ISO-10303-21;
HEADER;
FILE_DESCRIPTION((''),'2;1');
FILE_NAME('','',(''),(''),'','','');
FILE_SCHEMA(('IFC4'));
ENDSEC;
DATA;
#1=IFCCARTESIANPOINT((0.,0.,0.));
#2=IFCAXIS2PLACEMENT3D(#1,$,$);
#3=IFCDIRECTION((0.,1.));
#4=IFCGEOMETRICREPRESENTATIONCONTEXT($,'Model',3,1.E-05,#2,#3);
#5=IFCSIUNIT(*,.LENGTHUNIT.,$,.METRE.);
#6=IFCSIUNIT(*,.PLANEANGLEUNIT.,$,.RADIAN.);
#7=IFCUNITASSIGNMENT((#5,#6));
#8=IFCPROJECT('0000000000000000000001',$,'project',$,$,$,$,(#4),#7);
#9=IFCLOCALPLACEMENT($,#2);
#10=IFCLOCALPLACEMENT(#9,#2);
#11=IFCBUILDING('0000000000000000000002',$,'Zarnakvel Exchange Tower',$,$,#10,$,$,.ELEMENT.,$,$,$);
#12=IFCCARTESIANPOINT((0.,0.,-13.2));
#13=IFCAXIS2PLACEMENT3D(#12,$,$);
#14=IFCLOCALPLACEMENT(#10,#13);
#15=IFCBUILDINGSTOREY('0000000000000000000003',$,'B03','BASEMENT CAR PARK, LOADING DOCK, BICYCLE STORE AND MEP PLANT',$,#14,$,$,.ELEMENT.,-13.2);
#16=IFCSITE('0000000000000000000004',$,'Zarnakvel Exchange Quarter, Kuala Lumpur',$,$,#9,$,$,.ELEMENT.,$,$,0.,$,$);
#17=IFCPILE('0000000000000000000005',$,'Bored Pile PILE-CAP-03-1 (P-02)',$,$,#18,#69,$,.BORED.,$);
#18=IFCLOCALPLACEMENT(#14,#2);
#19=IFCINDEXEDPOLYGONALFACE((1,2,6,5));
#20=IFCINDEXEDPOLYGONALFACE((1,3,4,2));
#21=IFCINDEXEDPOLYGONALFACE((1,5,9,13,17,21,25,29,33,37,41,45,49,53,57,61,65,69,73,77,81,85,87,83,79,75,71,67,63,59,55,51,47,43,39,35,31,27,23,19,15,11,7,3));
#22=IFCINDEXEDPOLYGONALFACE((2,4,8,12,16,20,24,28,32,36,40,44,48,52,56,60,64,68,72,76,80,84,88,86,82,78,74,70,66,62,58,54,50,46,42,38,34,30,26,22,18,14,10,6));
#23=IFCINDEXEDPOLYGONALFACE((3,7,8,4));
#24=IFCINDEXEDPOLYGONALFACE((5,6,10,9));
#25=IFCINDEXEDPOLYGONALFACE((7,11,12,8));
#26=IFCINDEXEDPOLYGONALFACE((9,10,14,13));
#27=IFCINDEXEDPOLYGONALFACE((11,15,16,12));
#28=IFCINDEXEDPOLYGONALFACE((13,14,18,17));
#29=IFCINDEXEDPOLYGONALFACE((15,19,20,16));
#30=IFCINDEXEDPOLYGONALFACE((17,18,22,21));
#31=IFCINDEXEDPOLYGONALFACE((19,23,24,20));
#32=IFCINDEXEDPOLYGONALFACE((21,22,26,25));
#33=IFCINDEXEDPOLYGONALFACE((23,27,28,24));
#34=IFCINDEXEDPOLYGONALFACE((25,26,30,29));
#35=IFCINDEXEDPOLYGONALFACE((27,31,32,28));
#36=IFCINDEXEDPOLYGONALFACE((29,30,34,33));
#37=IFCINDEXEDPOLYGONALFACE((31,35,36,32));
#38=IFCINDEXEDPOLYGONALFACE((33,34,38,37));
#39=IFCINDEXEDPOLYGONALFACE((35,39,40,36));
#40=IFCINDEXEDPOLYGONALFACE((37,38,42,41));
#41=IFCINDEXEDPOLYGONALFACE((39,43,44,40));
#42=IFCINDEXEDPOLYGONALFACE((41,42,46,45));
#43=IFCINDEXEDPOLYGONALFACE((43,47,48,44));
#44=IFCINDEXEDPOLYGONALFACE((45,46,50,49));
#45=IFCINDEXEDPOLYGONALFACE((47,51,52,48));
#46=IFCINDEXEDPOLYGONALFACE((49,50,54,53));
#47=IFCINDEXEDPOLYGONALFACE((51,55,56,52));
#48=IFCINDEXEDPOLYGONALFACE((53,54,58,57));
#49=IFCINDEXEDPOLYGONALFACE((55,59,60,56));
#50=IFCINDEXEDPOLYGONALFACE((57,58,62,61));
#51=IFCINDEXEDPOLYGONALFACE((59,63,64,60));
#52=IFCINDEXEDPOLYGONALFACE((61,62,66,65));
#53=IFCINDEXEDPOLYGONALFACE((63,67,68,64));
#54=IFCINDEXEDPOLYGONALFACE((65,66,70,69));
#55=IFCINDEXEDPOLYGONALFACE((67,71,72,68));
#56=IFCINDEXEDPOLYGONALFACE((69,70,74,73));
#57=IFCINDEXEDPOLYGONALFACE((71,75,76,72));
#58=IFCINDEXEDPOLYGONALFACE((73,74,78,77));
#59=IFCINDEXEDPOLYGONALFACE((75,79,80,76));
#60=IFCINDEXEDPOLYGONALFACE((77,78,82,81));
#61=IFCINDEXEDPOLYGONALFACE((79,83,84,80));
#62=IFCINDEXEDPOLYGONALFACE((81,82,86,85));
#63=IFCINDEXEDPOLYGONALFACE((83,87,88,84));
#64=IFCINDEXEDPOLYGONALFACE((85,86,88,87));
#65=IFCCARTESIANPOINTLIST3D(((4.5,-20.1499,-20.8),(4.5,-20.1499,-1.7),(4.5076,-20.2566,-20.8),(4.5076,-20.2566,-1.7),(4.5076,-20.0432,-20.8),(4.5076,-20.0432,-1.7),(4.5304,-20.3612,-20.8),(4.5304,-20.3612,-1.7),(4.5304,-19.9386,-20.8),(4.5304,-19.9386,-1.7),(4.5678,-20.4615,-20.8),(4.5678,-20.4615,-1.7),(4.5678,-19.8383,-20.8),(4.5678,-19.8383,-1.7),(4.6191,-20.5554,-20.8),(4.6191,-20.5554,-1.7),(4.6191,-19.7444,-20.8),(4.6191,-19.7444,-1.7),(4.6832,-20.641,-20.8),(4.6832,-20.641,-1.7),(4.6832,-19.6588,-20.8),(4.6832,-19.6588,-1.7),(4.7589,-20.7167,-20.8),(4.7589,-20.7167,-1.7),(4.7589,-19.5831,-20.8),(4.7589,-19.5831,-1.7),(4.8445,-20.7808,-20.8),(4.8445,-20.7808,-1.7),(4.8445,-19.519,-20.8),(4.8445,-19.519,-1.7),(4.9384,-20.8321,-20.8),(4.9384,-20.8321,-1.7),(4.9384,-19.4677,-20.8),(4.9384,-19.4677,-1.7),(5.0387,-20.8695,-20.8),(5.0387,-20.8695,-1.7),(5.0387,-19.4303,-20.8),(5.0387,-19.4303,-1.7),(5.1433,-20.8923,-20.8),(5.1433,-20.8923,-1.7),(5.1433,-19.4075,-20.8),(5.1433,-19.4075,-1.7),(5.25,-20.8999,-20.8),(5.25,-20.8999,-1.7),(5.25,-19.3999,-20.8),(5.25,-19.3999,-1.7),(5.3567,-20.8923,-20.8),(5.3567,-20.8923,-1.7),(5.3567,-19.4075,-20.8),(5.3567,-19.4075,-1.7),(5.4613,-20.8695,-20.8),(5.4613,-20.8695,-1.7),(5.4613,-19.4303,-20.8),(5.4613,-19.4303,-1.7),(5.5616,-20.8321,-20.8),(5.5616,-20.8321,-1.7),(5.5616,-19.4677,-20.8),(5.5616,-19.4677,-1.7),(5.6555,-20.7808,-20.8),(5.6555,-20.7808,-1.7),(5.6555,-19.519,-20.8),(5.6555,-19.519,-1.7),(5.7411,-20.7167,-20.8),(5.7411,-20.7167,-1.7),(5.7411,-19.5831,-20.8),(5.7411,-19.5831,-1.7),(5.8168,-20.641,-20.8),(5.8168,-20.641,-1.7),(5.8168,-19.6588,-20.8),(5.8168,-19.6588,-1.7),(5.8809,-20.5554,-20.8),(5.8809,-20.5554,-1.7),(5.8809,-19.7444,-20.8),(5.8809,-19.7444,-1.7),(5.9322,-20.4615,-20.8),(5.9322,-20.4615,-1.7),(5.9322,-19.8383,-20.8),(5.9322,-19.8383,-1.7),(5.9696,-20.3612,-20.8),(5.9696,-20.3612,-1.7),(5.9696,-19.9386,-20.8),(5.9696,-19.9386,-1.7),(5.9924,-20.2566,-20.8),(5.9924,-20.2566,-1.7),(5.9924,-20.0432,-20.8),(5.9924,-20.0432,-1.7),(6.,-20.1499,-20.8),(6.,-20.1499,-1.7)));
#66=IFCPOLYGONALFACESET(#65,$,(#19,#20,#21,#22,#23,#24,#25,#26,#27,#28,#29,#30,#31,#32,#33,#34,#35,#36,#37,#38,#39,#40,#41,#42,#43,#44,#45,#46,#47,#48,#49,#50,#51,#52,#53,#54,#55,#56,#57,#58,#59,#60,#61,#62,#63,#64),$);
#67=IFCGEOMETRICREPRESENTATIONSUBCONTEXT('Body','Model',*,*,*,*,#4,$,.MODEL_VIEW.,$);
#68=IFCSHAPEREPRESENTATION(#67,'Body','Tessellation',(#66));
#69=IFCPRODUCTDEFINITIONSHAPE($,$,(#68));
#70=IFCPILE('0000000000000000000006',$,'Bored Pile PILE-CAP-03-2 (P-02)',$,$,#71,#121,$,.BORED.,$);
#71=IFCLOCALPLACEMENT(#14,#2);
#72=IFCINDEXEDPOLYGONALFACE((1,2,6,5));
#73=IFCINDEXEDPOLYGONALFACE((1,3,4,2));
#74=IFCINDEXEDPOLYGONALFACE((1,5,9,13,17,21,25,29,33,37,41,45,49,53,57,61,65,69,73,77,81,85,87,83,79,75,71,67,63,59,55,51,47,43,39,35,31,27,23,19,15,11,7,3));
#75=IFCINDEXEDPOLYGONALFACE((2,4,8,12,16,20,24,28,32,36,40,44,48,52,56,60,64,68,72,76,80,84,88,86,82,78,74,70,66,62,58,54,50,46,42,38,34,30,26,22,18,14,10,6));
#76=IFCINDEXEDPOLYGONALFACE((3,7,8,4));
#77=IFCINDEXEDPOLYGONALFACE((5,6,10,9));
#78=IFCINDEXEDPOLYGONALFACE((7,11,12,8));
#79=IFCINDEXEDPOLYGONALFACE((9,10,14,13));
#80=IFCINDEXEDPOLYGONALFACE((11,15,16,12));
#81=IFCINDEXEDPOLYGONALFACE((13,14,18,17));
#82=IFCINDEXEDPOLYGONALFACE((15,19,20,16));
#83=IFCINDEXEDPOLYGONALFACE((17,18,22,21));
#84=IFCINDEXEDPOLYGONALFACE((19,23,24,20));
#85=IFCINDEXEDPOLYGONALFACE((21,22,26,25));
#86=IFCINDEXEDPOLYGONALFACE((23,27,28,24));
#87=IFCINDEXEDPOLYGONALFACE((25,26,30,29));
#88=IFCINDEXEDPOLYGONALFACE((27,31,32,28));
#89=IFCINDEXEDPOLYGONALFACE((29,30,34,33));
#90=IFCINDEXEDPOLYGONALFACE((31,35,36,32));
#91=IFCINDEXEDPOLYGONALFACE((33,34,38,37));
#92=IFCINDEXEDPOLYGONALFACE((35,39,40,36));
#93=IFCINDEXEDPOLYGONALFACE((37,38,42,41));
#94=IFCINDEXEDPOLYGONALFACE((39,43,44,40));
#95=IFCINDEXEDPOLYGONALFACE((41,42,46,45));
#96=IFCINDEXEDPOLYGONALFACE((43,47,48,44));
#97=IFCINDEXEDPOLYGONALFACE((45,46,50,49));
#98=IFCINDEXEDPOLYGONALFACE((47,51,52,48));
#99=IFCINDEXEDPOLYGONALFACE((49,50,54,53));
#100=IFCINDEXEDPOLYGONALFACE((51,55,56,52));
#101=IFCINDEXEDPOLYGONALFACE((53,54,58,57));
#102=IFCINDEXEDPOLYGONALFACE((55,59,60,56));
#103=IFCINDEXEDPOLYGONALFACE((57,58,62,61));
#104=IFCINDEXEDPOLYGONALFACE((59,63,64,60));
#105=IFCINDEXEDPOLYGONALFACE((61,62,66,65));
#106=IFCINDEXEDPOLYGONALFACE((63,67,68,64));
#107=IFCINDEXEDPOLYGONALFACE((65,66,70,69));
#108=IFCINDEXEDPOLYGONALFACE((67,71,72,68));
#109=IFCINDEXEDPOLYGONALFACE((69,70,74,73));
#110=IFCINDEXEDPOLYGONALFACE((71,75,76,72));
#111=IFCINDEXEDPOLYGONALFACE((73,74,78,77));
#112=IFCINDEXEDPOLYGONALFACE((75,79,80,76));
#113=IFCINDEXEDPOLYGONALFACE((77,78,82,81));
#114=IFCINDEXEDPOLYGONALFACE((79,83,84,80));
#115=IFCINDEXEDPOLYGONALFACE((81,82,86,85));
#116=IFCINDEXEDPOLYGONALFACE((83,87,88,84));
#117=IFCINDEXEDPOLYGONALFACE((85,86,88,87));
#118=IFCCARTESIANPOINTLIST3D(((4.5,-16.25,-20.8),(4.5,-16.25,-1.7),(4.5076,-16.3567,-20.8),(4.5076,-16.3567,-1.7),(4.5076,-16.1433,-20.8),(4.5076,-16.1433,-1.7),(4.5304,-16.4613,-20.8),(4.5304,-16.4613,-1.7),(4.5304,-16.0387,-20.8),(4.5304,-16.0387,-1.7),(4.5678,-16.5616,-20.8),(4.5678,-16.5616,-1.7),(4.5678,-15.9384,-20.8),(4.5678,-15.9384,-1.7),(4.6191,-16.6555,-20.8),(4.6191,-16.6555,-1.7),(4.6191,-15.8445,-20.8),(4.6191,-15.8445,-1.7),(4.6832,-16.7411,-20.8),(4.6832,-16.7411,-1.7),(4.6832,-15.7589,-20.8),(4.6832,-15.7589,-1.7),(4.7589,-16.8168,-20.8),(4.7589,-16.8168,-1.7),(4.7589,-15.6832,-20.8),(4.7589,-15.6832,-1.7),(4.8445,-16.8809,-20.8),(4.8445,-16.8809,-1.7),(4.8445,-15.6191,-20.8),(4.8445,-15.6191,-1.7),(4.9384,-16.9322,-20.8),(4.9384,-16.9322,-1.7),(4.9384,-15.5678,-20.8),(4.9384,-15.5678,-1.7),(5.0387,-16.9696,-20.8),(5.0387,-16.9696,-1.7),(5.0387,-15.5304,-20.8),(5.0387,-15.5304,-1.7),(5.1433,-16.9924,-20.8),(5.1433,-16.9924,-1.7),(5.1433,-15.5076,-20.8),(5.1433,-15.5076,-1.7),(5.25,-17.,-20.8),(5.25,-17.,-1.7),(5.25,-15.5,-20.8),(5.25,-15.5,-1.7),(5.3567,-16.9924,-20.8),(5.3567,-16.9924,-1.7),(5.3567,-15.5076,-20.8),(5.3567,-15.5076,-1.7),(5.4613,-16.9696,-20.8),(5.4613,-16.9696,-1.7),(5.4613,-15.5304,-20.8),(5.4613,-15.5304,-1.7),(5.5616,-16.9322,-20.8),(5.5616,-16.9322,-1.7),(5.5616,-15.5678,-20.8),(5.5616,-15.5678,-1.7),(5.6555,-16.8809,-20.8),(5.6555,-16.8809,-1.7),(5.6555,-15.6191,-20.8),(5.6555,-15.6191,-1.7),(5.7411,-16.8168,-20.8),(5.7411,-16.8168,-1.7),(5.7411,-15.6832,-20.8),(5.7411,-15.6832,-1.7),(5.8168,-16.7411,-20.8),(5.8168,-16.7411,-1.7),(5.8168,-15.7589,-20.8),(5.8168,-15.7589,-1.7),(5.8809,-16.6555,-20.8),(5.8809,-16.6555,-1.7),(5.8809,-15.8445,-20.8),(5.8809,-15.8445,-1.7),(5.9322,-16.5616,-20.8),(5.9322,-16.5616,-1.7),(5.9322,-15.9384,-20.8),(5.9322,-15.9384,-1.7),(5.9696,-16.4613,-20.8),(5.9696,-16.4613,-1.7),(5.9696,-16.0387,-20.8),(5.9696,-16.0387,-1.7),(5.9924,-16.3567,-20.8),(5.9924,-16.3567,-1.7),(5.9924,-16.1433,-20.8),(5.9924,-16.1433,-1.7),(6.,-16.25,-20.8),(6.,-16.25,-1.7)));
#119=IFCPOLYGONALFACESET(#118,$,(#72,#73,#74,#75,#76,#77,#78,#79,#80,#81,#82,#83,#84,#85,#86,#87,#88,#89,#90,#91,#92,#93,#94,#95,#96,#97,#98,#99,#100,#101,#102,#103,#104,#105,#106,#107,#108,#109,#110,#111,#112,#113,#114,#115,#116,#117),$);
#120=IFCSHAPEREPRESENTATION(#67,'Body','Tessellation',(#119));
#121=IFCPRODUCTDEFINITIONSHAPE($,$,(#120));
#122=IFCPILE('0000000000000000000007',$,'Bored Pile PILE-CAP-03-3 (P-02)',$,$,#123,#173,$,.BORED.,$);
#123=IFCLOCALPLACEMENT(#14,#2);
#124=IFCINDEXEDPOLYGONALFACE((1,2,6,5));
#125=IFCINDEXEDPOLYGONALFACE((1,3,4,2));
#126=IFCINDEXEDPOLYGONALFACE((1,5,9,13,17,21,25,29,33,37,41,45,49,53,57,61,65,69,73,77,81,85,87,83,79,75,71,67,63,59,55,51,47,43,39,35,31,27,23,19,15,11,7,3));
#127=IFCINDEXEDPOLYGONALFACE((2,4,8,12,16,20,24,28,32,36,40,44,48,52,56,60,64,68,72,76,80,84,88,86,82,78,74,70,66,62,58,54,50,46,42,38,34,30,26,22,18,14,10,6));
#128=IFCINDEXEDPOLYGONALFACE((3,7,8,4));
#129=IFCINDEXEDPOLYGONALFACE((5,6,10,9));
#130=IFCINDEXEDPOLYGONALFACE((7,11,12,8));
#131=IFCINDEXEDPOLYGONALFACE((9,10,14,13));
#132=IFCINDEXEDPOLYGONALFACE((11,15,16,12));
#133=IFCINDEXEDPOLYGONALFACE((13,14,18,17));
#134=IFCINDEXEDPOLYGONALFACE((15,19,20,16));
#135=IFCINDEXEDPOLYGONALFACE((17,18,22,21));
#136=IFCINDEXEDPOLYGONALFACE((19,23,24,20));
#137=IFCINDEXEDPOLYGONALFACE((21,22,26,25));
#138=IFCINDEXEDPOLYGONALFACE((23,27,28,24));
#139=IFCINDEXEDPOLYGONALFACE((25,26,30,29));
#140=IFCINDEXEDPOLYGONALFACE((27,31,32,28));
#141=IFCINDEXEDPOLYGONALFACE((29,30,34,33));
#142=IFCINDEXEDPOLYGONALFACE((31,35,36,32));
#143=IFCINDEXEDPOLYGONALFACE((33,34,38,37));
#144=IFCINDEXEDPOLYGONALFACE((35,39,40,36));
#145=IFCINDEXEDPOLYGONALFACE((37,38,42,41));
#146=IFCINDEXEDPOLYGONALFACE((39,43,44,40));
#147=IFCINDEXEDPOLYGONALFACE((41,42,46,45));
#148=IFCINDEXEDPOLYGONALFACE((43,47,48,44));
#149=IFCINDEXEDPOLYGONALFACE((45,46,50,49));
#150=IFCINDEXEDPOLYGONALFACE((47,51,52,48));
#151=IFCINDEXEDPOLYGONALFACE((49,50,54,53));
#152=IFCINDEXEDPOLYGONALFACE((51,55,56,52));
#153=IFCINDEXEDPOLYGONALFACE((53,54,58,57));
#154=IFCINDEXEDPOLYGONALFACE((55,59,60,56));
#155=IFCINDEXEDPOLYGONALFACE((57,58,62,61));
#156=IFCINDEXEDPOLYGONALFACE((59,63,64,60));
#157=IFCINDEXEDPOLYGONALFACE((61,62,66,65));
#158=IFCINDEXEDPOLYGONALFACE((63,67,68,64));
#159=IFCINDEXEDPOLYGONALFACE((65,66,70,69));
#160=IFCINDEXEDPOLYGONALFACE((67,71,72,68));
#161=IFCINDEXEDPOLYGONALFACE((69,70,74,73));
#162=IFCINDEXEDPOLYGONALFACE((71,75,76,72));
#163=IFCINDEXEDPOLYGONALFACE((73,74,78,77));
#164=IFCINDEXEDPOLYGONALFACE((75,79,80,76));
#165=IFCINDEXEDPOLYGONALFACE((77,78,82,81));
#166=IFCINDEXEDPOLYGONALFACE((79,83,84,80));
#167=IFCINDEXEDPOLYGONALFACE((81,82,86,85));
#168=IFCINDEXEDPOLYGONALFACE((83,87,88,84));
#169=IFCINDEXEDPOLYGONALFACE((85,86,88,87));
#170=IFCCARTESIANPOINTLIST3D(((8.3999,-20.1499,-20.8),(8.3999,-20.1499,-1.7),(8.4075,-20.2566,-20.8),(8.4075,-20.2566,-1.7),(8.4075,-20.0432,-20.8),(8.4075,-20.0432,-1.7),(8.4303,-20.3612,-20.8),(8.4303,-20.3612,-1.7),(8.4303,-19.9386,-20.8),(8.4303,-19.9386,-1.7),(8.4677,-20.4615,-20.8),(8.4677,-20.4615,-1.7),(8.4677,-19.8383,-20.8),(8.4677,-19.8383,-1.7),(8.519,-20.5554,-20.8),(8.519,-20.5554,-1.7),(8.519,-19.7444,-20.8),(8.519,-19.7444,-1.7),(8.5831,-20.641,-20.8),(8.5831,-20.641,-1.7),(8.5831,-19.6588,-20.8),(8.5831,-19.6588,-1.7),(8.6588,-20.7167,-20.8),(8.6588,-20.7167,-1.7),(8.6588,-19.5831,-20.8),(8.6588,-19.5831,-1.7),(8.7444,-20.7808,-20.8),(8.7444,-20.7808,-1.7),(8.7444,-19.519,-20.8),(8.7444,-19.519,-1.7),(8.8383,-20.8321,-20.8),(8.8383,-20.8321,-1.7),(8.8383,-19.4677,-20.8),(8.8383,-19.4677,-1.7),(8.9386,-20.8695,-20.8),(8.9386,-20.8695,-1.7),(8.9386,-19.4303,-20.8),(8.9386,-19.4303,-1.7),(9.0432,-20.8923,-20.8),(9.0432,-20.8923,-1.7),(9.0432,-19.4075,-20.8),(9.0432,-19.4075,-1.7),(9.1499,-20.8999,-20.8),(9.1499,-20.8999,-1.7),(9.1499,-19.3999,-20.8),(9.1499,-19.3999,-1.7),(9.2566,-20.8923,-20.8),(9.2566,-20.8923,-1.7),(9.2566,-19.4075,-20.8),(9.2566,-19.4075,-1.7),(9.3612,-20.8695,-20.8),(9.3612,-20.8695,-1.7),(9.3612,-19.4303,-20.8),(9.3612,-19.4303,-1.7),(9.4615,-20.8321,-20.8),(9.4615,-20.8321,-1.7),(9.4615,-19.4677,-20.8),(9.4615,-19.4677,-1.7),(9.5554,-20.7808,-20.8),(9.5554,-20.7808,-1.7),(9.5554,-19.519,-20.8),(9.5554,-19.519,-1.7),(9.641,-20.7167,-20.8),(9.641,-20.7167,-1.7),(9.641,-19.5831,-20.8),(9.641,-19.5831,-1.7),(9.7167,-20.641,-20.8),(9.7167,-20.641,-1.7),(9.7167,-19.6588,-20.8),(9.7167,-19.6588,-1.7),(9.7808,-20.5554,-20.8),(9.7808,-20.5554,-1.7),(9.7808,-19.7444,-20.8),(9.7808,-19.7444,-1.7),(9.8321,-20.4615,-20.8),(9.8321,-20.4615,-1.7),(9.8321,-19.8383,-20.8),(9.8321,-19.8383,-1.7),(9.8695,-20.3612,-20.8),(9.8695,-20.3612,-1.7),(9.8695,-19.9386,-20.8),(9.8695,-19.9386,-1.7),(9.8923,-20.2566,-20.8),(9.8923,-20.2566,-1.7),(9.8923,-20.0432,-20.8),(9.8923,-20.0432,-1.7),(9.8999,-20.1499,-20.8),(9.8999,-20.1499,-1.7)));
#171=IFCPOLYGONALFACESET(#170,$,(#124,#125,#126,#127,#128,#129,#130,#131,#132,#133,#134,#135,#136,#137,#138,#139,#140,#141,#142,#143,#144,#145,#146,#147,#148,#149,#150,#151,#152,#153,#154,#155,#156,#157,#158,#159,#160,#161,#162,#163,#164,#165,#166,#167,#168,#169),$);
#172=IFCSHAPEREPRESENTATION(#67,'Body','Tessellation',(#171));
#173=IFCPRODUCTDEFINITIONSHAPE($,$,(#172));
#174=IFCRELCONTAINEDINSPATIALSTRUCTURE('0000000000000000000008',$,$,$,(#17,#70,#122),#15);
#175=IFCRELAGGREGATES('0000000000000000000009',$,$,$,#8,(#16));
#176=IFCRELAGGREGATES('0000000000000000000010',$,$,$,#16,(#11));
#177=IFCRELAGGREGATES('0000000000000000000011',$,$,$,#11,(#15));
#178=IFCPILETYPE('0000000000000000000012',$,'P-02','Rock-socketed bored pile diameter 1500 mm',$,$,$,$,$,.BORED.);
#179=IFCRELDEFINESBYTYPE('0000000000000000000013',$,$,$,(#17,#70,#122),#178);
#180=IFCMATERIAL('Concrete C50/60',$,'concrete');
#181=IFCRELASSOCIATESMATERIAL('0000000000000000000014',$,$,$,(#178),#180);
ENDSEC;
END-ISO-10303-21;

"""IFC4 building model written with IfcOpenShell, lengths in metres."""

from ifc_helpers import new_model, si_unit, direction, frame, origin, origin_2d, place, context, subcontext, project, spatial, circle, extrude, material, material_profile, profile_set, type_object, element, save


model = new_model("IFC4")

# Units and contexts
model_context = context("Model", 3, precision=1e-05, world=origin(), true_north=direction((0.0, 1.0)))
body_context = subcontext(model_context, "Body", "Model", "MODEL_VIEW")
ifc_project = project(units=[si_unit("LENGTHUNIT", "METRE"), si_unit("PLANEANGLEUNIT", "RADIAN")], contexts=[model_context])

# Site, building, storey
site_placement = place(None, origin())
site = spatial("IfcSite", under=ifc_project, at=site_placement, Name="Zarnakvel Exchange Quarter, Kuala Lumpur", CompositionType="ELEMENT", RefElevation=0.0)
building_placement = place(site_placement, origin())
building = spatial("IfcBuilding", under=site, at=building_placement, Name="Zarnakvel Exchange Tower", CompositionType="ELEMENT")
storey_placement = place(building_placement, frame((0.0, 0.0, -13.2)))
storey = spatial("IfcBuildingStorey", under=building, at=storey_placement, Name="B03", Description="BASEMENT CAR PARK, LOADING DOCK, BICYCLE STORE AND MEP PLANT", CompositionType="ELEMENT", Elevation=-13.2)

# Shared definitions
ifc_material_1 = material(Name="Concrete C50/60", Category="concrete")

# Piles
ifc_material_profile_1 = material_profile(ifc_material_1, circle(Radius=0.75, at=origin_2d()))
ifc_profile_set_1 = profile_set([ifc_material_profile_1], Name="Concrete C50/60")
pile_type_1 = type_object("IfcPileType", Name="P-02", Description="Rock-socketed bored pile diameter 1500 mm", PredefinedType="BORED", material=ifc_profile_set_1)
for number, where, z_axis, x_axis, name in (
    (1, (5.25, -20.1499, -1.7), (0.0, 0.0, -1.0), (1.0, 0.0, 0.0), "Bored Pile PILE-CAP-03-1 (P-02)"),
    (2, (5.25, -16.25, -1.7), (0.0, 0.0, -1.0), (1.0, 0.0, 0.0), "Bored Pile PILE-CAP-03-2 (P-02)"),
    (3, (9.1499, -20.1499, -1.7), (0.0, 0.0, -1.0), (1.0, 0.0, 0.0), "Bored Pile PILE-CAP-03-3 (P-02)"),
):
    element("IfcPile", number, at=place(storey_placement, frame(where, z_axis=z_axis, x_axis=x_axis)), inside=storey, type_object=pile_type_1, Name=name, PredefinedType="BORED", context=body_context, shape_type="SweptSolid", body=[
        extrude(circle(Radius=0.75, at=origin_2d()), origin(), (0.0, 0.0, 1.0), 19.1001),
    ])

save(model, "model.ifc")
